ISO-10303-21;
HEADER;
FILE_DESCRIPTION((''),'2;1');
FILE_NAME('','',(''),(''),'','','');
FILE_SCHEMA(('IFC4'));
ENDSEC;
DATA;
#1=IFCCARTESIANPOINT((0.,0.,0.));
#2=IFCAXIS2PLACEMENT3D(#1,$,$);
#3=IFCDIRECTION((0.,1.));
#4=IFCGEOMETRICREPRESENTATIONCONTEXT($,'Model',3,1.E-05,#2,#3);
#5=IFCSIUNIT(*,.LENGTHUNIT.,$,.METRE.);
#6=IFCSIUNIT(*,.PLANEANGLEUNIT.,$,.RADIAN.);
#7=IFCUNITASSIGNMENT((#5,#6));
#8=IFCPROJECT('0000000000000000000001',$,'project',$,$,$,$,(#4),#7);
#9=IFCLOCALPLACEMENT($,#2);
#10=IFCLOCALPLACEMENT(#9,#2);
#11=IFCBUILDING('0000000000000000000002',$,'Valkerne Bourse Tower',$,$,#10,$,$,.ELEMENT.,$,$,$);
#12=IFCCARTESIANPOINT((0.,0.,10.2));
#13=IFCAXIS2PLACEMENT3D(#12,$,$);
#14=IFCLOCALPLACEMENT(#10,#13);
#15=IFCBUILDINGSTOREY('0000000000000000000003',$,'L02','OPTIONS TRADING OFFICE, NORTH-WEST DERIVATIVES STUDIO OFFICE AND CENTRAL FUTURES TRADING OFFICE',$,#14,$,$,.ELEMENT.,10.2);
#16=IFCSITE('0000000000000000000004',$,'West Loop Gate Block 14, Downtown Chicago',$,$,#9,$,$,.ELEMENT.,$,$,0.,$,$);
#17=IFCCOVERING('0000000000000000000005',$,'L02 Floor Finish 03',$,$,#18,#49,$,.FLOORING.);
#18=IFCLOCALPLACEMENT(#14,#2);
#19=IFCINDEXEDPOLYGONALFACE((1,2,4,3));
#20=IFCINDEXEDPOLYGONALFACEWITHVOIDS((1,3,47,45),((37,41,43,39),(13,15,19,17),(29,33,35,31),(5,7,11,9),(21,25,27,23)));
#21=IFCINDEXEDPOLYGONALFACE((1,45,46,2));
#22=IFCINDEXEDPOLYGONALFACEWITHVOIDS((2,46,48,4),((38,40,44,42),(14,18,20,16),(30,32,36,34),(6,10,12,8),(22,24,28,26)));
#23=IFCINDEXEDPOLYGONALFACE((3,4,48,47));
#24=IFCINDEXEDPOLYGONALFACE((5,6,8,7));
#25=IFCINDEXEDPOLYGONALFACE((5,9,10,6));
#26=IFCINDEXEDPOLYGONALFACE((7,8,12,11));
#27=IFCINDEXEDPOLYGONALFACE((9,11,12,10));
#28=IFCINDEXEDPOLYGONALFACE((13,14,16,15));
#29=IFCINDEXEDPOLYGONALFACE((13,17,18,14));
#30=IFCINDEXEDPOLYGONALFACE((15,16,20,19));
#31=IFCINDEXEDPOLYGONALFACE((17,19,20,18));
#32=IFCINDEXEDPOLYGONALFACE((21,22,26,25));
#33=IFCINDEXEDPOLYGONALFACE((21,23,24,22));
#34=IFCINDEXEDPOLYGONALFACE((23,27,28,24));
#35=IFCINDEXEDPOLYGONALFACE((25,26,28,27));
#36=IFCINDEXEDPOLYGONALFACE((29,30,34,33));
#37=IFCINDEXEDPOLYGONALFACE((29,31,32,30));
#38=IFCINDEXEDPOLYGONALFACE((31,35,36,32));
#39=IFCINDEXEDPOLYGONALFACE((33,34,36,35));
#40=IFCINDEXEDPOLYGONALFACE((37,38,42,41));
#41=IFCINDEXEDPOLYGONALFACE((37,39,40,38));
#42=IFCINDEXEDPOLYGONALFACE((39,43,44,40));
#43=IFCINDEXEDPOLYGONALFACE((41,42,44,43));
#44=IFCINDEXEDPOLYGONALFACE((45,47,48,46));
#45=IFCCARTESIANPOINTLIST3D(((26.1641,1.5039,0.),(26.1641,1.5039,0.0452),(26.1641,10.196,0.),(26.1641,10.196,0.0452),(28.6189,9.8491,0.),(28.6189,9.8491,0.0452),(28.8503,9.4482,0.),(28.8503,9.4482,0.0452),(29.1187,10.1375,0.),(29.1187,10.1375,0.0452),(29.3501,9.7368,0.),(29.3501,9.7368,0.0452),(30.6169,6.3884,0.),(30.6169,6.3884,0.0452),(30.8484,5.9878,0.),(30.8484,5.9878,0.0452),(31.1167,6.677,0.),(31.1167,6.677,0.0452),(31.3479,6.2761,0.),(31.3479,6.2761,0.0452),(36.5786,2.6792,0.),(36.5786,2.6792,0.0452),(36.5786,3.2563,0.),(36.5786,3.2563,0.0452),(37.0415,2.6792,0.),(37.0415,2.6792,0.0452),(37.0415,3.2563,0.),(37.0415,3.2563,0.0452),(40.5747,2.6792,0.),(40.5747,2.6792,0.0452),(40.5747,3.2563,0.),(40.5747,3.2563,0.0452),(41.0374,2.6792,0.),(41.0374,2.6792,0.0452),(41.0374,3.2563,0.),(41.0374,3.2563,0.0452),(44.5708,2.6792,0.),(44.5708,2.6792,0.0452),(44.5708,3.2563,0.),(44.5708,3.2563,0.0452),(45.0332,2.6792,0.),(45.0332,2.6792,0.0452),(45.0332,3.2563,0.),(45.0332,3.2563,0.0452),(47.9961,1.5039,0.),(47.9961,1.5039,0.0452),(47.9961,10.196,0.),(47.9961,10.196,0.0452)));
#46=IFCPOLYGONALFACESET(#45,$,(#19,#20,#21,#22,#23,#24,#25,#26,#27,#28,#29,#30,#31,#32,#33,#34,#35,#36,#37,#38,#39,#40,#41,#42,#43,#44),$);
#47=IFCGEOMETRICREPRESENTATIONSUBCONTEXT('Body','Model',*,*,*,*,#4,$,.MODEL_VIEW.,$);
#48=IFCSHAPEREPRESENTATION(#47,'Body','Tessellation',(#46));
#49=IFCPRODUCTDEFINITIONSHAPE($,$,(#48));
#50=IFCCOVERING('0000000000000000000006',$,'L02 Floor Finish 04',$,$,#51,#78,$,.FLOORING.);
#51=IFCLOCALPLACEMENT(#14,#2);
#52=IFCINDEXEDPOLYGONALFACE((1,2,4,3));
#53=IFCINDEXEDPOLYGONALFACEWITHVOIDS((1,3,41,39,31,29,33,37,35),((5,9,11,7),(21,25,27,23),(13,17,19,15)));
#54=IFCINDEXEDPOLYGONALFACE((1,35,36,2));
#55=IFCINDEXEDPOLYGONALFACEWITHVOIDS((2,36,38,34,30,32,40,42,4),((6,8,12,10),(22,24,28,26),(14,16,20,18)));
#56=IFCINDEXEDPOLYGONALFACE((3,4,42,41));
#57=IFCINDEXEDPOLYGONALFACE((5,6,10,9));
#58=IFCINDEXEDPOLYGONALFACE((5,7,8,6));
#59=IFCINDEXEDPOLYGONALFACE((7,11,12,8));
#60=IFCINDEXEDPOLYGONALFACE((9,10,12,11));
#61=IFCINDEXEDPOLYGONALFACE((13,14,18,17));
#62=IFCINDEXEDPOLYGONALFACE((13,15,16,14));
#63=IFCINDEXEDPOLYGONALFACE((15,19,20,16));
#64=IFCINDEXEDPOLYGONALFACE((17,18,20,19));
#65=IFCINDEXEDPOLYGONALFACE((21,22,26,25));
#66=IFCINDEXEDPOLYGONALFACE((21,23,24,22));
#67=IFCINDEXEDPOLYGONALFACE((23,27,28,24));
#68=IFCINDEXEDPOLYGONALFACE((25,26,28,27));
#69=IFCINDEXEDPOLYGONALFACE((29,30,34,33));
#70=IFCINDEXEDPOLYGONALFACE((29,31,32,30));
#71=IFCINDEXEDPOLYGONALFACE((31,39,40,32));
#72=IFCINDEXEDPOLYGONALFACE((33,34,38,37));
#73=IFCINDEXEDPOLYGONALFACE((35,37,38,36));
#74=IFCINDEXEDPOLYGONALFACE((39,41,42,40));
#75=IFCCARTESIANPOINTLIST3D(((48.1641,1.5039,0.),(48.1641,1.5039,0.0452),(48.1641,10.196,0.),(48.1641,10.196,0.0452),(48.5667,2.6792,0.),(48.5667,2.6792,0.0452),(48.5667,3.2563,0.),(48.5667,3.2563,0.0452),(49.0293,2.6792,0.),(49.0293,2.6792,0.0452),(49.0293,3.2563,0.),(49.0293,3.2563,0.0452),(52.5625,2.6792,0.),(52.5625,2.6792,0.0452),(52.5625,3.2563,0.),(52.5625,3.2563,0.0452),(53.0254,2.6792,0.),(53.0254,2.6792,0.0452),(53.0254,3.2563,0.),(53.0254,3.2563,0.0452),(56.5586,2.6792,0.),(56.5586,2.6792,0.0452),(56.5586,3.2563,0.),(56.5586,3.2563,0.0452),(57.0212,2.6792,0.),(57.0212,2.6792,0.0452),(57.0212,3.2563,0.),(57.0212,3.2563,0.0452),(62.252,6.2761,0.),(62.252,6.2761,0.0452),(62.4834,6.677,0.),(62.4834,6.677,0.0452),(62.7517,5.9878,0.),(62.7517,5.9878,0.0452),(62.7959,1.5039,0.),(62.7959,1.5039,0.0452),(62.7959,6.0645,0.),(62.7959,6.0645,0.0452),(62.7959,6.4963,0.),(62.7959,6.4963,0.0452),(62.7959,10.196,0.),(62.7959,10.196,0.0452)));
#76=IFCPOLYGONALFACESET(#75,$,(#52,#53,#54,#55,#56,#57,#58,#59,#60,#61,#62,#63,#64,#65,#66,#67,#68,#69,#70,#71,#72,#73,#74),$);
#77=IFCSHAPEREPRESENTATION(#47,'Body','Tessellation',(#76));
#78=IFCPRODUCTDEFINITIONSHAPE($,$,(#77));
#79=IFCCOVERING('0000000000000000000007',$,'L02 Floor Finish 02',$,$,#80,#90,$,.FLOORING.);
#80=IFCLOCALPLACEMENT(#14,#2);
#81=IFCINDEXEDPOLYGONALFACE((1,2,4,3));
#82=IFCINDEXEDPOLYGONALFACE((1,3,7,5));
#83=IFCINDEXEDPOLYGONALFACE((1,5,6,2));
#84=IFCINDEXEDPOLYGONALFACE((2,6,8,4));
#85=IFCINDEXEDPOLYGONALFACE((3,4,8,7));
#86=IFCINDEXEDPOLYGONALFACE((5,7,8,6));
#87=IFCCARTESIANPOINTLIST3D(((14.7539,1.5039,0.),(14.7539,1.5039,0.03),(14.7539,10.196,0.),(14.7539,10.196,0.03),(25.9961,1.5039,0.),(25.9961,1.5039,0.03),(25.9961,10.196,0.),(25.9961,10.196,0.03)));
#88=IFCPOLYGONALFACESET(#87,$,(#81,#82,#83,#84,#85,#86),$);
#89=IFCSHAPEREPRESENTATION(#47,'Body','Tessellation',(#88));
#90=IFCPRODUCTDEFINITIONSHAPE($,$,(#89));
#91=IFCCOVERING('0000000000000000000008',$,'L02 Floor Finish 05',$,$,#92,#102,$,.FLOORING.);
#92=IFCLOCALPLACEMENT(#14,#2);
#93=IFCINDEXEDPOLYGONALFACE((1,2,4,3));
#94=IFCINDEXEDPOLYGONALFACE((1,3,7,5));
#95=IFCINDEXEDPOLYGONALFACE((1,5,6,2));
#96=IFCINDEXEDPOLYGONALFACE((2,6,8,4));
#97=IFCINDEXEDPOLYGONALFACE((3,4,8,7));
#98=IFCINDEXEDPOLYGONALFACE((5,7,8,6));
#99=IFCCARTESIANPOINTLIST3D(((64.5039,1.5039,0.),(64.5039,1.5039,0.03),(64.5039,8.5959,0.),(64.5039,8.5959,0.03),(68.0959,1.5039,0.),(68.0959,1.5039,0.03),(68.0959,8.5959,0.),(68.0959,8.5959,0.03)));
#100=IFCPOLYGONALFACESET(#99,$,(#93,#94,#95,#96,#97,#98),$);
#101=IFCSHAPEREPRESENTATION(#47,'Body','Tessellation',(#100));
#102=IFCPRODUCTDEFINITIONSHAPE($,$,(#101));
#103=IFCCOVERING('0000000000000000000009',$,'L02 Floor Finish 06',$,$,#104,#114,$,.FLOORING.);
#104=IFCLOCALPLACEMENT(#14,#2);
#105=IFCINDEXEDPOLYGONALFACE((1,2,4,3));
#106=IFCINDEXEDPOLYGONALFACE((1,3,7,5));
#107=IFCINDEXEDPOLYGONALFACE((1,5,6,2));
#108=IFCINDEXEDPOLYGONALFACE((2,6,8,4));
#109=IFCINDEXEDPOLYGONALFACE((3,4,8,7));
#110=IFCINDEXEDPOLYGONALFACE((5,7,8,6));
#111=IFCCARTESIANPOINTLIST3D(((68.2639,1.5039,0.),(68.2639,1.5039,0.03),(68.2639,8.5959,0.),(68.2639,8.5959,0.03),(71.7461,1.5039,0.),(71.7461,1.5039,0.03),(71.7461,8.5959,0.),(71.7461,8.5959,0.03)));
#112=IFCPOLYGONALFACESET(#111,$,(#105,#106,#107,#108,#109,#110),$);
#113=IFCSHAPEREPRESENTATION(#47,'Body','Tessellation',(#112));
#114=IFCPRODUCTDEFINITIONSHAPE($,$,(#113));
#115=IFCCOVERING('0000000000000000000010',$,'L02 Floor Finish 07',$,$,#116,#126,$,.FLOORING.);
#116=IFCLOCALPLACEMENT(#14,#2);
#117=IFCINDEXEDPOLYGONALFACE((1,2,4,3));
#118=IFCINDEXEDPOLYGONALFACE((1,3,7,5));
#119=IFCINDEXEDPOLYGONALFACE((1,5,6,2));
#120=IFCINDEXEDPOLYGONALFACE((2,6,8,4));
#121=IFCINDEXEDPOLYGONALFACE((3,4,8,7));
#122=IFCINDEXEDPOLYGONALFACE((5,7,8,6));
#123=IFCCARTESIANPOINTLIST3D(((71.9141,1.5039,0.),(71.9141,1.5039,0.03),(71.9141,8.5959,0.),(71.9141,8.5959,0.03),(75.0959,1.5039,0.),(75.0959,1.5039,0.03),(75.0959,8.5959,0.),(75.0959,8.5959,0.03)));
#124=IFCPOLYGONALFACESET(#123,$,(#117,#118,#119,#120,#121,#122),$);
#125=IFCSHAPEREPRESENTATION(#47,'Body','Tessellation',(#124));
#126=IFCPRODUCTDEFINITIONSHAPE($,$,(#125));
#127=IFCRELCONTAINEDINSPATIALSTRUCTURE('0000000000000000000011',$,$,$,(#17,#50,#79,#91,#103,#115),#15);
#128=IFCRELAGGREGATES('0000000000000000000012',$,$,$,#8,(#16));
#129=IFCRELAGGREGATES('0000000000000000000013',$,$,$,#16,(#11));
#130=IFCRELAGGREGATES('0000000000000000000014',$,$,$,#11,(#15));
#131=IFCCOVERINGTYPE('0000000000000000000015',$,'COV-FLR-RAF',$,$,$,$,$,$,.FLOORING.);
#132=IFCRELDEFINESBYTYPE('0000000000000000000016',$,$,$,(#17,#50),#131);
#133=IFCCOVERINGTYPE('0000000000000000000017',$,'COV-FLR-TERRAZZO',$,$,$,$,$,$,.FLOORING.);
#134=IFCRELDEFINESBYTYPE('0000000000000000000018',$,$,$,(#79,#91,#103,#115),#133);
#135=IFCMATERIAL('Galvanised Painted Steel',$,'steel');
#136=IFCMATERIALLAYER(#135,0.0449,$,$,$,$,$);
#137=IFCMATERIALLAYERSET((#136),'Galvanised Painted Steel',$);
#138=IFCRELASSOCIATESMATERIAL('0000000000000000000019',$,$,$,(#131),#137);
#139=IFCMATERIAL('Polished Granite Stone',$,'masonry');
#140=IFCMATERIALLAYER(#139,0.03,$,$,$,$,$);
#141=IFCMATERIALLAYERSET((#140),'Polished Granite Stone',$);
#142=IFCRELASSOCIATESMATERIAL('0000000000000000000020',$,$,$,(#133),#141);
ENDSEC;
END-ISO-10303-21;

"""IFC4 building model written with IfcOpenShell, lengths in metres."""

from ifc_helpers import new_model, si_unit, direction, frame, origin, place, context, subcontext, project, spatial, polyline, outline, extrude, material, layer, layer_set, type_object, element, save


model = new_model("IFC4")

# Units and contexts
model_context = context("Model", 3, precision=1e-05, world=origin(), true_north=direction((0.0, 1.0)))
body_context = subcontext(model_context, "Body", "Model", "MODEL_VIEW")
ifc_project = project(units=[si_unit("LENGTHUNIT", "METRE"), si_unit("PLANEANGLEUNIT", "RADIAN")], contexts=[model_context])

# Site, building, storey
site_placement = place(None, origin())
site = spatial("IfcSite", under=ifc_project, at=site_placement, Name="West Loop Gate Block 14, Downtown Chicago", CompositionType="ELEMENT", RefElevation=0.0)
building_placement = place(site_placement, origin())
building = spatial("IfcBuilding", under=site, at=building_placement, Name="Valkerne Bourse Tower", CompositionType="ELEMENT")
storey_placement = place(building_placement, frame((0.0, 0.0, 10.2)))
storey = spatial("IfcBuildingStorey", under=building, at=storey_placement, Name="L02", Description="OPTIONS TRADING OFFICE, NORTH-WEST DERIVATIVES STUDIO OFFICE AND CENTRAL FUTURES TRADING OFFICE", CompositionType="ELEMENT", Elevation=10.2)

# Coverings
ifc_material_1 = material(Name="Galvanised Painted Steel", Category="steel")
ifc_layer_1 = layer(ifc_material_1, 0.0449)
ifc_layer_set_1 = layer_set([ifc_layer_1], Name="Galvanised Painted Steel")
covering_type_1 = type_object("IfcCoveringType", Name="COV-FLR-RAF", PredefinedType="FLOORING", material=ifc_layer_set_1)
covering_1_placement = place(storey_placement, origin())
element("IfcCovering", 1, at=covering_1_placement, inside=storey, type_object=covering_type_1, Name="L02 Floor Finish 03", PredefinedType="FLOORING", context=body_context, shape_type="SweptSolid", body=[
    extrude(outline(polyline([(26.1641, 10.196), (47.9961, 10.196), (47.9961, 1.5039), (26.1641, 1.5039), (26.1641, 10.196)]), holes=[polyline([(28.6189, 9.8491), (28.8503, 9.4482), (29.3501, 9.7368), (29.1187, 10.1375), (28.6189, 9.8491)]), polyline([(37.0415, 3.2563), (36.5786, 3.2563), (36.5786, 2.6792), (37.0415, 2.6792), (37.0415, 3.2563)]), polyline([(45.0332, 3.2563), (44.5708, 3.2563), (44.5708, 2.6792), (45.0332, 2.6792), (45.0332, 3.2563)]), polyline([(40.5747, 3.2563), (40.5747, 2.6792), (41.0374, 2.6792), (41.0374, 3.2563), (40.5747, 3.2563)]), polyline([(31.1167, 6.677), (30.6169, 6.3884), (30.8484, 5.9878), (31.3479, 6.2761), (31.1167, 6.677)])]), origin(), (0.0, 0.0, 1.0), 0.0452),
])
covering_2_placement = place(storey_placement, origin())
element("IfcCovering", 2, at=covering_2_placement, inside=storey, type_object=covering_type_1, Name="L02 Floor Finish 04", PredefinedType="FLOORING", context=body_context, shape_type="SweptSolid", body=[
    extrude(outline(polyline([(48.1641, 10.196), (62.7959, 10.196), (62.7959, 6.4963), (62.4834, 6.677), (62.252, 6.2761), (62.7517, 5.9878), (62.7959, 6.0645), (62.7959, 1.5039), (48.1641, 1.5039), (48.1641, 10.196)]), holes=[polyline([(48.5667, 3.2563), (48.5667, 2.6792), (49.0293, 2.6792), (49.0293, 3.2563), (48.5667, 3.2563)]), polyline([(52.5625, 3.2563), (52.5625, 2.6792), (53.0254, 2.6792), (53.0254, 3.2563), (52.5625, 3.2563)]), polyline([(57.0212, 3.2563), (56.5586, 3.2563), (56.5586, 2.6792), (57.0212, 2.6792), (57.0212, 3.2563)])]), origin(), (0.0, 0.0, 1.0), 0.0452),
])
ifc_material_2 = material(Name="Polished Granite Stone", Category="masonry")
ifc_layer_2 = layer(ifc_material_2, 0.03)
ifc_layer_set_2 = layer_set([ifc_layer_2], Name="Polished Granite Stone")
covering_type_2 = type_object("IfcCoveringType", Name="COV-FLR-TERRAZZO", PredefinedType="FLOORING", material=ifc_layer_set_2)
covering_3_placement = place(storey_placement, origin())
element("IfcCovering", 3, at=covering_3_placement, inside=storey, type_object=covering_type_2, Name="L02 Floor Finish 02", PredefinedType="FLOORING", context=body_context, shape_type="SweptSolid", body=[
    extrude(outline(polyline([(14.7539, 10.196), (25.9961, 10.196), (25.9961, 1.5039), (14.7539, 1.5039), (14.7539, 10.196)])), origin(), (0.0, 0.0, 1.0), 0.03),
])
covering_4_placement = place(storey_placement, origin())
element("IfcCovering", 4, at=covering_4_placement, inside=storey, type_object=covering_type_2, Name="L02 Floor Finish 05", PredefinedType="FLOORING", context=body_context, shape_type="SweptSolid", body=[
    extrude(outline(polyline([(64.5039, 8.5959), (68.0959, 8.5959), (68.0959, 1.5039), (64.5039, 1.5039), (64.5039, 8.5959)])), origin(), (0.0, 0.0, 1.0), 0.03),
])
covering_5_placement = place(storey_placement, origin())
element("IfcCovering", 5, at=covering_5_placement, inside=storey, type_object=covering_type_2, Name="L02 Floor Finish 06", PredefinedType="FLOORING", context=body_context, shape_type="SweptSolid", body=[
    extrude(outline(polyline([(68.2639, 8.5959), (71.7461, 8.5959), (71.7461, 1.5039), (68.2639, 1.5039), (68.2639, 8.5959)])), origin(), (0.0, 0.0, 1.0), 0.03),
])
covering_6_placement = place(storey_placement, origin())
element("IfcCovering", 6, at=covering_6_placement, inside=storey, type_object=covering_type_2, Name="L02 Floor Finish 07", PredefinedType="FLOORING", context=body_context, shape_type="SweptSolid", body=[
    extrude(outline(polyline([(71.9141, 8.5959), (75.0959, 8.5959), (75.0959, 1.5039), (71.9141, 1.5039), (71.9141, 8.5959)])), origin(), (0.0, 0.0, 1.0), 0.03),
])

save(model, "model.ifc")
